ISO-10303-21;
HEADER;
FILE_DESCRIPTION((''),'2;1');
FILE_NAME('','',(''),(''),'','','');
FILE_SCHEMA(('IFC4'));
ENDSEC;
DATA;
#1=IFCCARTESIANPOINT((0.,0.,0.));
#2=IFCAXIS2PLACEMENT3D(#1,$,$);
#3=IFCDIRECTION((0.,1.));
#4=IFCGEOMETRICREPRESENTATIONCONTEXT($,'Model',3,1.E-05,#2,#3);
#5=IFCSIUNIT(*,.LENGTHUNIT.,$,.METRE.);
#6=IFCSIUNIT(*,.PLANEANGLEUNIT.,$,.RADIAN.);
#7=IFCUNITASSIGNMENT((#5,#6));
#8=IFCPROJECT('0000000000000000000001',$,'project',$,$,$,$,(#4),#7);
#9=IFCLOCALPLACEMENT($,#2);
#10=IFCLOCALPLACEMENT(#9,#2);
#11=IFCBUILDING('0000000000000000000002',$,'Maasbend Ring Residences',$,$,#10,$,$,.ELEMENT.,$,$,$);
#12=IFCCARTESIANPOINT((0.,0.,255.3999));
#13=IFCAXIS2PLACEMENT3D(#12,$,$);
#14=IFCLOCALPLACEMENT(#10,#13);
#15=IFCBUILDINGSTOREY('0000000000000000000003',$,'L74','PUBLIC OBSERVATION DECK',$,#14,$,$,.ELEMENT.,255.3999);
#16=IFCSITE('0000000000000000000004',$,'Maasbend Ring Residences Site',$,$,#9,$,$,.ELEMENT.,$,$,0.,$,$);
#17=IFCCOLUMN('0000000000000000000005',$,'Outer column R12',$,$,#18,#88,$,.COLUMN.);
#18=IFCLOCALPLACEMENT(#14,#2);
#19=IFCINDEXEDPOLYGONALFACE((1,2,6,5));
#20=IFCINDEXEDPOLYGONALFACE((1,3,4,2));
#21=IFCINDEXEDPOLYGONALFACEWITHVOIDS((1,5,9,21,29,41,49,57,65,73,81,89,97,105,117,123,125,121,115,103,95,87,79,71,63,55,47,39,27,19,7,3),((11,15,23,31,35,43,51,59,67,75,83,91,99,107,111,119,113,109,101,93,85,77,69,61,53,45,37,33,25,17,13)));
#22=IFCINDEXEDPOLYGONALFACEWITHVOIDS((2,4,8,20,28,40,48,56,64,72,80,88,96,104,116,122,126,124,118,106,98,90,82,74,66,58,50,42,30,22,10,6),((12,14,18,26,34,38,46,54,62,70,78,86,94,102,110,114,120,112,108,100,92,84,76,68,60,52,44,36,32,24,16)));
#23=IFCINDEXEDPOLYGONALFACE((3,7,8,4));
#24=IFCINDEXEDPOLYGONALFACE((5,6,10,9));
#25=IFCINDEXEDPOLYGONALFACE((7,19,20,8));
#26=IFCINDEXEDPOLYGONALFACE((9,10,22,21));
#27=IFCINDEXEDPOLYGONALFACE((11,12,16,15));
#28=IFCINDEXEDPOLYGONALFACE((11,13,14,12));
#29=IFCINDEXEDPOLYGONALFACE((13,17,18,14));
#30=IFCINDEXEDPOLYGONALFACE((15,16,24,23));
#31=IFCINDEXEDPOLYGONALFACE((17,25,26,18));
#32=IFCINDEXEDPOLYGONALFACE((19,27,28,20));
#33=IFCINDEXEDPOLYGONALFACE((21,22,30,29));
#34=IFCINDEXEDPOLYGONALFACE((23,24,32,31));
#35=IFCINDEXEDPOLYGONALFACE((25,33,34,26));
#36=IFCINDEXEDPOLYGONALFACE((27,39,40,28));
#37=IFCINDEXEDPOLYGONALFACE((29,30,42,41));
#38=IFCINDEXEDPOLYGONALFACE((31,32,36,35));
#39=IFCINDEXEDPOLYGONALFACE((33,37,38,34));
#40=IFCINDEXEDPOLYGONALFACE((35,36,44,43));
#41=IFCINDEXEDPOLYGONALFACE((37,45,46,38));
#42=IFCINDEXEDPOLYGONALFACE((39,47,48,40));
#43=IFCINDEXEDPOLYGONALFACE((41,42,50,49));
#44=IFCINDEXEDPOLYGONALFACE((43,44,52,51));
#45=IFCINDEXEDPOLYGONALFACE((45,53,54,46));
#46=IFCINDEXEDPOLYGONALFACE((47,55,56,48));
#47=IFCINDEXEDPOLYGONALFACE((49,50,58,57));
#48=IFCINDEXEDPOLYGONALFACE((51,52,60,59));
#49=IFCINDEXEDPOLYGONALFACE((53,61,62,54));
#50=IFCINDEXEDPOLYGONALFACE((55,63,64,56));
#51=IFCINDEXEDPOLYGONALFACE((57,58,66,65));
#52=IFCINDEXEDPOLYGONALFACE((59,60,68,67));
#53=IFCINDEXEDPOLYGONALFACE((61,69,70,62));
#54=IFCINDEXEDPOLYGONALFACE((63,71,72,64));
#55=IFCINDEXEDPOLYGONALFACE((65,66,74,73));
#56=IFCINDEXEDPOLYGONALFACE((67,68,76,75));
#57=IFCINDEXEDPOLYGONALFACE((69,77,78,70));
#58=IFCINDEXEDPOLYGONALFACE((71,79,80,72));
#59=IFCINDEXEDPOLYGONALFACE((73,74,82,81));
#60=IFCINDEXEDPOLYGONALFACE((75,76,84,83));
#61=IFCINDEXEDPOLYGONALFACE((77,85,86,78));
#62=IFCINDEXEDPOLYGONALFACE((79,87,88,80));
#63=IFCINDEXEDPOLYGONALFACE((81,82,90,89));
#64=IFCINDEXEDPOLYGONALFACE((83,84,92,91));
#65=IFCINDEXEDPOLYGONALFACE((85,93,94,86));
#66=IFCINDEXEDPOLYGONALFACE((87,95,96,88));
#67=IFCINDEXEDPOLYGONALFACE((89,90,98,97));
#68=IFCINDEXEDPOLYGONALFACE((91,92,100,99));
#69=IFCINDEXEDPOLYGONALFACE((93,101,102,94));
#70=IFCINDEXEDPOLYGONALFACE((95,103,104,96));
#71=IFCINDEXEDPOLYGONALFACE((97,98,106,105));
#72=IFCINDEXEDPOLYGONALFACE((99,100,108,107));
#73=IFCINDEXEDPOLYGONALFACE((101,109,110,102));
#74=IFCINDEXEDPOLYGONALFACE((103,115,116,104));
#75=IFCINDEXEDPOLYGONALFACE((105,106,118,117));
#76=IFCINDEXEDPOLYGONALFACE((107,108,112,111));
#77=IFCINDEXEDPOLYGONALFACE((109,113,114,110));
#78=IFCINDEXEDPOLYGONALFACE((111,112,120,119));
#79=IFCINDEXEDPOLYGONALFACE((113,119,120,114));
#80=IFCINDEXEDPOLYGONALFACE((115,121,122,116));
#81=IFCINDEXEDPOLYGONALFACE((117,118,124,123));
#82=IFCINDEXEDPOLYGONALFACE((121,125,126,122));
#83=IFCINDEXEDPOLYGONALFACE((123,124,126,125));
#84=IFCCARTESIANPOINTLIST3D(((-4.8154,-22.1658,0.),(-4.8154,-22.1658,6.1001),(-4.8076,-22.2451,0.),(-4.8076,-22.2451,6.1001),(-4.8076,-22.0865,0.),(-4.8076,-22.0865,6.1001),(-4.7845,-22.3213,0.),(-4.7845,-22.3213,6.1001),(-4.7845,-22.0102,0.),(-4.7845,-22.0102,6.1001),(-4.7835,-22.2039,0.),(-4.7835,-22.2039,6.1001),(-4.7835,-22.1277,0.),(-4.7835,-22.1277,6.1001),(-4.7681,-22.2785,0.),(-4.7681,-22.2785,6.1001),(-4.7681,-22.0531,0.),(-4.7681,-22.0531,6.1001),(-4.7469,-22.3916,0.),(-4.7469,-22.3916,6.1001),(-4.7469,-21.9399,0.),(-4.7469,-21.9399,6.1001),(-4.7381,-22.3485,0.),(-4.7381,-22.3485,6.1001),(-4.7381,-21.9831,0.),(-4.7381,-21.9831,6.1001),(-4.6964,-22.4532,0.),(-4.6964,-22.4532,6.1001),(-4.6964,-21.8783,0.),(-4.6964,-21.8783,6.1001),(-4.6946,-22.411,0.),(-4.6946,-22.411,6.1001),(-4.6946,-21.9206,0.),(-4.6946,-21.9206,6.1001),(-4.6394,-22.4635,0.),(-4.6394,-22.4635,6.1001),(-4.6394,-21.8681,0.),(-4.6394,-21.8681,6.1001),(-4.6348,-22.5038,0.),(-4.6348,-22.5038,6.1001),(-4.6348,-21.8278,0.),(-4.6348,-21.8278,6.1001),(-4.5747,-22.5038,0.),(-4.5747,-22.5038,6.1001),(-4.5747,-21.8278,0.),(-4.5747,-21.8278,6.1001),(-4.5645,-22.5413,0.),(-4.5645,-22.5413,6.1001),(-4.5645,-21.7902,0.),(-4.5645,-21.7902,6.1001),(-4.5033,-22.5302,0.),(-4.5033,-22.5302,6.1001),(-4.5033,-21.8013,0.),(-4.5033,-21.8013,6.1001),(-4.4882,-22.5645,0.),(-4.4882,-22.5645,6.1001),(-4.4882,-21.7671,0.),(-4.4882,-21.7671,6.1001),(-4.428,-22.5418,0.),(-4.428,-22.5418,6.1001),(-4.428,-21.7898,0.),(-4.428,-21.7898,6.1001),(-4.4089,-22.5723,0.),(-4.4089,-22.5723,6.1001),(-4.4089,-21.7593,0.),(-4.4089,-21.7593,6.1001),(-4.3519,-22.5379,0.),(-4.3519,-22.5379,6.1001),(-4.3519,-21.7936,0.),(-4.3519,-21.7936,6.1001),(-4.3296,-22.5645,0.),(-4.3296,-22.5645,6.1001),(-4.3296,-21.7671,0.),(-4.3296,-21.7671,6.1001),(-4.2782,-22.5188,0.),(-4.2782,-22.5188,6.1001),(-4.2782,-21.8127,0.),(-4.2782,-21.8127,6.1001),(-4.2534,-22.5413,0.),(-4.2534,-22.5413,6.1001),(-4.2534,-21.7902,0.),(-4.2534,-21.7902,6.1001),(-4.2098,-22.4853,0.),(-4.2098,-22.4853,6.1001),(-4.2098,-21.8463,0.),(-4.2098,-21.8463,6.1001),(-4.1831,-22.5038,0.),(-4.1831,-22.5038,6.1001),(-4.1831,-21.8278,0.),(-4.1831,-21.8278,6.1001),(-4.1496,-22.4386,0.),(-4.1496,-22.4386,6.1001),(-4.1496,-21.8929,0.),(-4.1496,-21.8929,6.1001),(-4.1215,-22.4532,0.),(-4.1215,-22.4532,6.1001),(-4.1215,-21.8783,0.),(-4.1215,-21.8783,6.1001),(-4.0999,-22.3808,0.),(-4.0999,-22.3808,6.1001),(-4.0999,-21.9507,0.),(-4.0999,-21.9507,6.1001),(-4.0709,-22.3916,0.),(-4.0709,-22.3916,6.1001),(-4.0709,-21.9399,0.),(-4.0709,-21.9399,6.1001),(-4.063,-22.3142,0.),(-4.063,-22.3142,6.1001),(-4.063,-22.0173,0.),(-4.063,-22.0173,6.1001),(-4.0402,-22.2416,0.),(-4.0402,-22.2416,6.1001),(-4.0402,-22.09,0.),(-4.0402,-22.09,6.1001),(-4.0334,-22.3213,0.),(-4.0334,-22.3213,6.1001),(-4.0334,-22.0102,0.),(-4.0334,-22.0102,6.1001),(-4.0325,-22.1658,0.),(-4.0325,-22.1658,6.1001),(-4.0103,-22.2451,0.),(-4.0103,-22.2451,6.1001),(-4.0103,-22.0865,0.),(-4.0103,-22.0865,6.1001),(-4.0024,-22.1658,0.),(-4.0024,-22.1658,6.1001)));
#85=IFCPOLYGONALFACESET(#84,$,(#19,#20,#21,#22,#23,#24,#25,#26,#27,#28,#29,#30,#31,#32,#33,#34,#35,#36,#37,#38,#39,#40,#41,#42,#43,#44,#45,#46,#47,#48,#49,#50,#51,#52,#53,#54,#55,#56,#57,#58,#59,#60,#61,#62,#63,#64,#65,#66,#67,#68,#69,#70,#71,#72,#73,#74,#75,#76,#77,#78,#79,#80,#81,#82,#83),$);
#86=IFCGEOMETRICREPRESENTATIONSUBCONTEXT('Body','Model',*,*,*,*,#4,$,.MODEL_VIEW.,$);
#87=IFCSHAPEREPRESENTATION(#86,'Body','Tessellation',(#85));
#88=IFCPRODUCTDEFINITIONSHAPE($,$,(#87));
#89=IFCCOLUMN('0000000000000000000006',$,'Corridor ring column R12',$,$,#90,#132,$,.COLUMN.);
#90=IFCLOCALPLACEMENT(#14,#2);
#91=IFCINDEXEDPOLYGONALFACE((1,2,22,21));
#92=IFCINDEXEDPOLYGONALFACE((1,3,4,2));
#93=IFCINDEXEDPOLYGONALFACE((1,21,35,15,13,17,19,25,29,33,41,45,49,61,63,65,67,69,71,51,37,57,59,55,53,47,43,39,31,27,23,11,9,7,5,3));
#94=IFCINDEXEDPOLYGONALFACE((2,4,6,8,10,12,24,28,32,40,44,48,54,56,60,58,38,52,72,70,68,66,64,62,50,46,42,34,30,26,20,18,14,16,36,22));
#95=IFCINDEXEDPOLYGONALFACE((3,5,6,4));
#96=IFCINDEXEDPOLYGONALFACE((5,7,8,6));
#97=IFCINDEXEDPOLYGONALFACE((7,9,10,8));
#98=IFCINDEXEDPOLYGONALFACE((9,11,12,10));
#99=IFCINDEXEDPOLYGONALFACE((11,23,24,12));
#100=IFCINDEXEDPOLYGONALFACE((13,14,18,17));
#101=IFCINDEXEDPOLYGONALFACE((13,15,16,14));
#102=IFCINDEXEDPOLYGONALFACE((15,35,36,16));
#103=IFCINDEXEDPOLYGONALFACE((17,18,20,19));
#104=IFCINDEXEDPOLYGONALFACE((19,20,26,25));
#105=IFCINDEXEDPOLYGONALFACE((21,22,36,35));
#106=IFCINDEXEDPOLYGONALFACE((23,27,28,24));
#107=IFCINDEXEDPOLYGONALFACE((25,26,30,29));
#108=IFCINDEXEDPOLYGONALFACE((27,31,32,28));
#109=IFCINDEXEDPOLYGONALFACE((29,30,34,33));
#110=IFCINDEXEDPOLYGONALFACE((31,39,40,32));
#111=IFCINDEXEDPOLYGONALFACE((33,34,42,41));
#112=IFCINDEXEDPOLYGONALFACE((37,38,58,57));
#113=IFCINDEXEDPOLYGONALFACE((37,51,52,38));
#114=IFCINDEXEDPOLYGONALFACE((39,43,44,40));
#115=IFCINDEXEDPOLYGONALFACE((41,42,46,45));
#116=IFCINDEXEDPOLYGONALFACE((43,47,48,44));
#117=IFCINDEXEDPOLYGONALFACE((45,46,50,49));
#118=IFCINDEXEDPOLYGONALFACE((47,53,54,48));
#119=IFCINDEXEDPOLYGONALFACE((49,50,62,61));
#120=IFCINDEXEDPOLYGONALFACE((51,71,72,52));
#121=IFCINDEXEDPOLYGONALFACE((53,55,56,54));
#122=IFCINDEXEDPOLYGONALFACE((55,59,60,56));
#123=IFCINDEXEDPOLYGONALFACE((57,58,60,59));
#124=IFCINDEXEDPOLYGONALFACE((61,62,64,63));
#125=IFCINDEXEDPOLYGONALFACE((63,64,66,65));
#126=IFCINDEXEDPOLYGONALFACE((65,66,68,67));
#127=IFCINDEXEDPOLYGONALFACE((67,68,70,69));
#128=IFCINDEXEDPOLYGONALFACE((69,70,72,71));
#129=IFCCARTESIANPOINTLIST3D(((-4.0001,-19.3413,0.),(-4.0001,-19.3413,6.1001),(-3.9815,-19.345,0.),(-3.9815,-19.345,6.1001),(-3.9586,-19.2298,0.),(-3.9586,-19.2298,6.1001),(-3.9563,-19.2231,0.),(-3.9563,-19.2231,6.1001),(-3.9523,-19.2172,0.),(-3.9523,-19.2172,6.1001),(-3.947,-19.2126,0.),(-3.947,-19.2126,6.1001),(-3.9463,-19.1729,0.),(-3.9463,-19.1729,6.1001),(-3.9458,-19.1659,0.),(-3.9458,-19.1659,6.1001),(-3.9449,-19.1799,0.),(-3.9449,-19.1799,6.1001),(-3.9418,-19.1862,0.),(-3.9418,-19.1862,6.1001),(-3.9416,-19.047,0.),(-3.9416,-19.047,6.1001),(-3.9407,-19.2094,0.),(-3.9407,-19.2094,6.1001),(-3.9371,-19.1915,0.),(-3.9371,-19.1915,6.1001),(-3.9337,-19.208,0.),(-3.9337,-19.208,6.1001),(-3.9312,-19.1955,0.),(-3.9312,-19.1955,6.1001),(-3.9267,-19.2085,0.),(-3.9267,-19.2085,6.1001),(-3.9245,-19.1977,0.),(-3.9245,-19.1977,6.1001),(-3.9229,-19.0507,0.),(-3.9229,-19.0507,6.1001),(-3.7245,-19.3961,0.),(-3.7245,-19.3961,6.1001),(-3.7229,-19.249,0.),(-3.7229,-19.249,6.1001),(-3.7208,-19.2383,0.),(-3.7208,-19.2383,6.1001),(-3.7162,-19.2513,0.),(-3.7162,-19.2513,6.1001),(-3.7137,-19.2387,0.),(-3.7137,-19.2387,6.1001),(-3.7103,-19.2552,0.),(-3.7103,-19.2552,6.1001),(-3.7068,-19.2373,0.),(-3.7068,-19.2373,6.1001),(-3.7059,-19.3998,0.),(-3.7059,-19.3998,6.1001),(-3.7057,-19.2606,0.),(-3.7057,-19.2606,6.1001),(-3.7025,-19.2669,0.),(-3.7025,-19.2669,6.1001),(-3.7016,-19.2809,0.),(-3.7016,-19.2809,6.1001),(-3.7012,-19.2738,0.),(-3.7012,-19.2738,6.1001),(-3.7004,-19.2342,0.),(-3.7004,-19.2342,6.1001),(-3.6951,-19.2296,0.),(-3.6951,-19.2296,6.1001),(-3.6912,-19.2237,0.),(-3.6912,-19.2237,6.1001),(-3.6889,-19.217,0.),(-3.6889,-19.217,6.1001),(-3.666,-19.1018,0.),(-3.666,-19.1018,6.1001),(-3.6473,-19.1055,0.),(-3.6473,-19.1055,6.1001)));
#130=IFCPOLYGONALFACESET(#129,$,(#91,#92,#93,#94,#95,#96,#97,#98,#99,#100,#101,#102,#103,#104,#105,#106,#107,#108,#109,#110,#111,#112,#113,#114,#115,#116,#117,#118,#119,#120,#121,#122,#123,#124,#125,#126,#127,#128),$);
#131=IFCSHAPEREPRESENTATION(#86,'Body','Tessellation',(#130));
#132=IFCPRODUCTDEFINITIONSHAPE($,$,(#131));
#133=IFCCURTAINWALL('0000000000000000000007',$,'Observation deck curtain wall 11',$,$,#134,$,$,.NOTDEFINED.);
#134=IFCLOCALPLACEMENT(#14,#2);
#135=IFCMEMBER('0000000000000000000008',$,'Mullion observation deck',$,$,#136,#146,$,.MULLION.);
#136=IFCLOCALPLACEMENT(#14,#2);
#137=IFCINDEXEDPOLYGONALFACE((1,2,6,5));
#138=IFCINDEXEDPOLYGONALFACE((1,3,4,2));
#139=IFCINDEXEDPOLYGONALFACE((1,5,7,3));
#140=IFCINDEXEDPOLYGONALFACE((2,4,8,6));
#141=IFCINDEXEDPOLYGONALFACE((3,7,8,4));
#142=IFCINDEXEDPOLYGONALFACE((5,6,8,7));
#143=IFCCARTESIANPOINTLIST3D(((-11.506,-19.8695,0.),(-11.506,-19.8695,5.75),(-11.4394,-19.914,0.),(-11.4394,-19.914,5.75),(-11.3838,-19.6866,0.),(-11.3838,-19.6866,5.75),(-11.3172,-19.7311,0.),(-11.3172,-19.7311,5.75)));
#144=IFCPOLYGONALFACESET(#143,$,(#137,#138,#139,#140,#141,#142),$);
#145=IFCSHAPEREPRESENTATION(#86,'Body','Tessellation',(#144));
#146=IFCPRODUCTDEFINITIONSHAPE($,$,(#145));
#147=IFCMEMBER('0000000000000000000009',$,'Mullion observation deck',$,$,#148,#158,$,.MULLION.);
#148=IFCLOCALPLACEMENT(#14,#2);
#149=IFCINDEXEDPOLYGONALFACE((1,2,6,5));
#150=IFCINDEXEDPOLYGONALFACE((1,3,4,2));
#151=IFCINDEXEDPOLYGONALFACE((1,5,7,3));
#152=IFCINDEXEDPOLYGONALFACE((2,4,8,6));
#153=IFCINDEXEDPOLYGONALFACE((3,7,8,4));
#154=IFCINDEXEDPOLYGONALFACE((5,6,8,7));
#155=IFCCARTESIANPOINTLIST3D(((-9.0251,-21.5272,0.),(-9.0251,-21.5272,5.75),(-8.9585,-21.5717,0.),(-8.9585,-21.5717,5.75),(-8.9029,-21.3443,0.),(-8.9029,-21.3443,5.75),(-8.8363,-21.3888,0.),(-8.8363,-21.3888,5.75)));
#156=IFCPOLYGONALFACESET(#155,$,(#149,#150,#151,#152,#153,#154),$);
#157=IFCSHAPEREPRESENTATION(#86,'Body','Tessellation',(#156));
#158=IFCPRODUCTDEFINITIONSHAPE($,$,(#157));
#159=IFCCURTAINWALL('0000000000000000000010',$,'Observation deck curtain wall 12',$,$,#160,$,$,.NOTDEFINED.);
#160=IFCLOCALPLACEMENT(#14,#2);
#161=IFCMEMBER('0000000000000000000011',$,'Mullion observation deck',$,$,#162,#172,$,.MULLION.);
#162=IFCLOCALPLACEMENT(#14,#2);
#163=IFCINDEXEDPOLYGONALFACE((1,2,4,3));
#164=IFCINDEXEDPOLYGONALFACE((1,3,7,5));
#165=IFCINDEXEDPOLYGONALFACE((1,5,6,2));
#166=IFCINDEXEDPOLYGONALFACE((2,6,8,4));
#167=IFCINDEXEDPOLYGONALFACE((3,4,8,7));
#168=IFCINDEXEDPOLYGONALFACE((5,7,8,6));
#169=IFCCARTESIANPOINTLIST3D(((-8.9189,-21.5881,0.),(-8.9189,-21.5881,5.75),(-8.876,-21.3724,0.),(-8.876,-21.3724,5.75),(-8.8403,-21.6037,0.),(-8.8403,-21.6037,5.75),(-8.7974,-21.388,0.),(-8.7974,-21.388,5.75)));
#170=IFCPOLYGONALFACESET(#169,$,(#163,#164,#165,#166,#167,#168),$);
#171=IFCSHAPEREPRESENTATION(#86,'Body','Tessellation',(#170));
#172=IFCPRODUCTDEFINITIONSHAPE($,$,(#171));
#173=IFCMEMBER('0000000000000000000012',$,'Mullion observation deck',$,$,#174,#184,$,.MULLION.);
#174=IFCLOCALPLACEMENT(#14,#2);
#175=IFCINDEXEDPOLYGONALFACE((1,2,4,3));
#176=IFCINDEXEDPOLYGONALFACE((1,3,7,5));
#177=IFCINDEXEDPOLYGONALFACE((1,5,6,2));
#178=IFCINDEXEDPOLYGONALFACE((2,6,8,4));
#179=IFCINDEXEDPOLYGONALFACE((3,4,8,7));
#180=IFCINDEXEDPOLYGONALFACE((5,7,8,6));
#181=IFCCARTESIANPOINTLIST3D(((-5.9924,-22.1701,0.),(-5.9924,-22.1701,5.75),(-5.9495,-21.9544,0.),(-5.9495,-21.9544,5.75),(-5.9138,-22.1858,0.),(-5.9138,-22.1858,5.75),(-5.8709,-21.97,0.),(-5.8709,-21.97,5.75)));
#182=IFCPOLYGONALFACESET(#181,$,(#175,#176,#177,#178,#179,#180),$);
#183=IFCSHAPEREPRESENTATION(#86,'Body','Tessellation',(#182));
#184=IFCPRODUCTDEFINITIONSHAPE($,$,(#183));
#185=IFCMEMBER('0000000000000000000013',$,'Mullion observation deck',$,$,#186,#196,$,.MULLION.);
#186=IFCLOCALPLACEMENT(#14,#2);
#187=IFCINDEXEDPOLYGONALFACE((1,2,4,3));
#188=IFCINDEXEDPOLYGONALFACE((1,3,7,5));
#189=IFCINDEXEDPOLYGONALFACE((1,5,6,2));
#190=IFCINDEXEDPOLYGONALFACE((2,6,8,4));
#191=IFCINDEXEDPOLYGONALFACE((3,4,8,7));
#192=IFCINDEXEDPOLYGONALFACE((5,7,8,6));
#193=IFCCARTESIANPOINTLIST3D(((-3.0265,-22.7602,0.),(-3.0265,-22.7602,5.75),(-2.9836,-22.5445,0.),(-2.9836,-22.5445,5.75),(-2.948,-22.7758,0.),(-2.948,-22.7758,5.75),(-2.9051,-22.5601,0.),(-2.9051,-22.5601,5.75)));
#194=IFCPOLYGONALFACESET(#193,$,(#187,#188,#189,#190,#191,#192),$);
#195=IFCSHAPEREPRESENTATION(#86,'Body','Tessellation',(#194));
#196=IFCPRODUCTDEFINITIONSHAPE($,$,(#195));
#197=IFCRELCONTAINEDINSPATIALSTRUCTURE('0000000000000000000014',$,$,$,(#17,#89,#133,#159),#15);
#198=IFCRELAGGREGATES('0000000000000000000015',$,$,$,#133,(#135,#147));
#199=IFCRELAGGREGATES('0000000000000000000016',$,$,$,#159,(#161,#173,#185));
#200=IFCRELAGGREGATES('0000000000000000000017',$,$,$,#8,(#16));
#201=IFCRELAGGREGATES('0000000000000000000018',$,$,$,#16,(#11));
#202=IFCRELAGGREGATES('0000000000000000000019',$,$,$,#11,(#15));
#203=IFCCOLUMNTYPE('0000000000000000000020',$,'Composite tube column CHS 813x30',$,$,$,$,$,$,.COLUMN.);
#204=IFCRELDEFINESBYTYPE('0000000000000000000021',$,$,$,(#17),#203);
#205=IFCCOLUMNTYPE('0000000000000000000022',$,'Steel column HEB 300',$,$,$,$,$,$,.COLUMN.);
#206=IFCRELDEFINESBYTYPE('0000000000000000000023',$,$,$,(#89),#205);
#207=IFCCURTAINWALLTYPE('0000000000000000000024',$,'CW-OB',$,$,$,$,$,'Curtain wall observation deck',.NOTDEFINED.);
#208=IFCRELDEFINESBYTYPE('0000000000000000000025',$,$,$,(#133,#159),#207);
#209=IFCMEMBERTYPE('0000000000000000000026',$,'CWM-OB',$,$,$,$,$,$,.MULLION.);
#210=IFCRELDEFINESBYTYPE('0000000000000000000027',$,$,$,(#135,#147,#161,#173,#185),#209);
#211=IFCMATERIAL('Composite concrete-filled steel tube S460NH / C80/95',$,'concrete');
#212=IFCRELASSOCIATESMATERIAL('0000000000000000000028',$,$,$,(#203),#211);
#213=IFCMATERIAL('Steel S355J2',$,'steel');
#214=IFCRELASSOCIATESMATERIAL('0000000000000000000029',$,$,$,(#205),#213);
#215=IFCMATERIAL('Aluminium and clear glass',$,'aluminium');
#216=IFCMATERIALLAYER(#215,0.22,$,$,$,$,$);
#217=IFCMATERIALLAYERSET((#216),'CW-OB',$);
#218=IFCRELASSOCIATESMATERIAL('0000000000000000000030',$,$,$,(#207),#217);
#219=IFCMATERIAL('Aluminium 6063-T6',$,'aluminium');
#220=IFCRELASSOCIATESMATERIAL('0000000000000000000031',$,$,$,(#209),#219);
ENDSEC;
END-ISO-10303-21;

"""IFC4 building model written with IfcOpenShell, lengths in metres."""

from ifc_helpers import new_model, si_unit, direction, frame, origin, origin_2d, place, context, subcontext, project, spatial, rectangle, hollow_circle, i_section, extrude, material, layer, layer_set, material_profile, profile_set, type_object, element, aggregate, save


model = new_model("IFC4")

# Units and contexts
model_context = context("Model", 3, precision=1e-05, world=origin(), true_north=direction((0.0, 1.0)))
body_context = subcontext(model_context, "Body", "Model", "MODEL_VIEW")
ifc_project = project(units=[si_unit("LENGTHUNIT", "METRE"), si_unit("PLANEANGLEUNIT", "RADIAN")], contexts=[model_context])

# Site, building, storey
site_placement = place(None, origin())
site = spatial("IfcSite", under=ifc_project, at=site_placement, Name="Maasbend Ring Residences Site", CompositionType="ELEMENT", RefElevation=0.0)
building_placement = place(site_placement, origin())
building = spatial("IfcBuilding", under=site, at=building_placement, Name="Maasbend Ring Residences", CompositionType="ELEMENT")
storey_placement = place(building_placement, frame((0.0, 0.0, 255.3999)))
storey = spatial("IfcBuildingStorey", under=building, at=storey_placement, Name="L74", Description="PUBLIC OBSERVATION DECK", CompositionType="ELEMENT", Elevation=255.3999)

# Columns
ifc_material_1 = material(Name="Composite concrete-filled steel tube S460NH / C80/95", Category="concrete")
ifc_material_profile_1 = material_profile(ifc_material_1, hollow_circle(Radius=0.4065, WallThickness=0.03, at=origin_2d()), Name="Composite tube column CHS 813x30")
ifc_profile_set_1 = profile_set([ifc_material_profile_1], Name="Composite concrete-filled steel tube S460NH / C80/95")
column_type_1 = type_object("IfcColumnType", Name="Composite tube column CHS 813x30", PredefinedType="COLUMN", material=ifc_profile_set_1)
column_1_placement = place(storey_placement, frame((-4.4089, -22.1658, 0.0), z_axis=(0.0, 0.0, 1.0), x_axis=(1.0, 0.0, 0.0)))
element("IfcColumn", 1, at=column_1_placement, inside=storey, type_object=column_type_1, Name="Outer column R12", PredefinedType="COLUMN", context=body_context, shape_type="SweptSolid", body=[
    extrude(hollow_circle(Radius=0.4065, WallThickness=0.03, at=origin_2d()), origin(), (0.0, 0.0, 1.0), 6.1001),
])
ifc_material_2 = material(Name="Steel S355J2", Category="steel")
ifc_material_profile_2 = material_profile(ifc_material_2, i_section(OverallWidth=0.3, OverallDepth=0.3, WebThickness=0.011, FlangeThickness=0.019, FilletRadius=0.0271, at=origin_2d()), Name="HEB 300")
ifc_profile_set_2 = profile_set([ifc_material_profile_2], Name="Steel S355J2")
column_type_2 = type_object("IfcColumnType", Name="Steel column HEB 300", PredefinedType="COLUMN", material=ifc_profile_set_2)
column_2_placement = place(storey_placement, frame((-3.8237, -19.2234, 0.0), z_axis=(0.0, 0.0, 1.0), x_axis=(-0.19509, -0.980785, 0.0)))
element("IfcColumn", 2, at=column_2_placement, inside=storey, type_object=column_type_2, Name="Corridor ring column R12", PredefinedType="COLUMN", context=body_context, shape_type="SweptSolid", body=[
    extrude(i_section(OverallWidth=0.3, OverallDepth=0.3, WebThickness=0.011, FlangeThickness=0.019, FilletRadius=0.0271, at=origin_2d()), origin(), (0.0, 0.0, 1.0), 6.1001),
])

# Curtain walls, members
ifc_material_3 = material(Name="Aluminium and clear glass", Category="aluminium")
ifc_layer_1 = layer(ifc_material_3, 0.22)
ifc_layer_set_1 = layer_set([ifc_layer_1], Name="CW-OB")
curtain_wall_type = type_object("IfcCurtainWallType", Name="CW-OB", ElementType="Curtain wall observation deck", PredefinedType="NOTDEFINED", material=ifc_layer_set_1)
curtain_wall_1_placement = place(storey_placement, origin())
curtain_wall_1 = element("IfcCurtainWall", 3, at=curtain_wall_1_placement, inside=storey, type_object=curtain_wall_type, Name="Observation deck curtain wall 11", PredefinedType="NOTDEFINED")
ifc_material_4 = material(Name="Aluminium 6063-T6", Category="aluminium")
ifc_material_profile_3 = material_profile(ifc_material_4, rectangle(XDim=0.22, YDim=0.0801, at=origin_2d()), Name="AL 220x80")
ifc_profile_set_3 = profile_set([ifc_material_profile_3], Name="Aluminium 6063-T6")
member_type_1 = type_object("IfcMemberType", Name="CWM-OB", PredefinedType="MULLION", material=ifc_profile_set_3)
member_1_placement = place(storey_placement, frame((-11.4116, -19.8003, 0.0), z_axis=(0.0, 0.0, 1.0), x_axis=(0.55557, 0.83147, 0.0)))
member_1 = element("IfcMember", 4, at=member_1_placement, type_object=member_type_1, Name="Mullion observation deck", PredefinedType="MULLION", context=body_context, shape_type="SweptSolid", body=[
    extrude(rectangle(XDim=0.22, YDim=0.0801, at=origin_2d()), origin(), (0.0, 0.0, 1.0), 5.75),
])
member_2_placement = place(storey_placement, frame((-8.9307, -21.458, 0.0), z_axis=(0.0, 0.0, 1.0), x_axis=(0.55557, 0.83147, 0.0)))
member_2 = element("IfcMember", 5, at=member_2_placement, type_object=member_type_1, Name="Mullion observation deck", PredefinedType="MULLION", context=body_context, shape_type="SweptSolid", body=[
    extrude(rectangle(XDim=0.22, YDim=0.0801, at=origin_2d()), origin(), (0.0, 0.0, 1.0), 5.75),
])
curtain_wall_2_placement = place(storey_placement, origin())
curtain_wall_2 = element("IfcCurtainWall", 6, at=curtain_wall_2_placement, inside=storey, type_object=curtain_wall_type, Name="Observation deck curtain wall 12", PredefinedType="NOTDEFINED")
member_3_placement = place(storey_placement, frame((-8.8582, -21.488, 0.0), z_axis=(0.0, 0.0, 1.0), x_axis=(0.19509, 0.980785, 0.0)))
member_3 = element("IfcMember", 7, at=member_3_placement, type_object=member_type_1, Name="Mullion observation deck", PredefinedType="MULLION", context=body_context, shape_type="SweptSolid", body=[
    extrude(rectangle(XDim=0.22, YDim=0.0801, at=origin_2d()), origin(), (0.0, 0.0, 1.0), 5.75),
])
member_4_placement = place(storey_placement, frame((-5.9316, -22.0701, 0.0), z_axis=(0.0, 0.0, 1.0), x_axis=(0.19509, 0.980785, 0.0)))
member_4 = element("IfcMember", 8, at=member_4_placement, type_object=member_type_1, Name="Mullion observation deck", PredefinedType="MULLION", context=body_context, shape_type="SweptSolid", body=[
    extrude(rectangle(XDim=0.22, YDim=0.0801, at=origin_2d()), origin(), (0.0, 0.0, 1.0), 5.75),
])
member_5_placement = place(storey_placement, frame((-2.9658, -22.6602, 0.0), z_axis=(0.0, 0.0, 1.0), x_axis=(0.19509, 0.980785, 0.0)))
member_5 = element("IfcMember", 9, at=member_5_placement, type_object=member_type_1, Name="Mullion observation deck", PredefinedType="MULLION", context=body_context, shape_type="SweptSolid", body=[
    extrude(rectangle(XDim=0.22, YDim=0.0801, at=origin_2d()), origin(), (0.0, 0.0, 1.0), 5.75),
])

aggregate(curtain_wall_1, [member_1, member_2])
aggregate(curtain_wall_2, [member_3, member_4, member_5])

save(model, "model.ifc")
